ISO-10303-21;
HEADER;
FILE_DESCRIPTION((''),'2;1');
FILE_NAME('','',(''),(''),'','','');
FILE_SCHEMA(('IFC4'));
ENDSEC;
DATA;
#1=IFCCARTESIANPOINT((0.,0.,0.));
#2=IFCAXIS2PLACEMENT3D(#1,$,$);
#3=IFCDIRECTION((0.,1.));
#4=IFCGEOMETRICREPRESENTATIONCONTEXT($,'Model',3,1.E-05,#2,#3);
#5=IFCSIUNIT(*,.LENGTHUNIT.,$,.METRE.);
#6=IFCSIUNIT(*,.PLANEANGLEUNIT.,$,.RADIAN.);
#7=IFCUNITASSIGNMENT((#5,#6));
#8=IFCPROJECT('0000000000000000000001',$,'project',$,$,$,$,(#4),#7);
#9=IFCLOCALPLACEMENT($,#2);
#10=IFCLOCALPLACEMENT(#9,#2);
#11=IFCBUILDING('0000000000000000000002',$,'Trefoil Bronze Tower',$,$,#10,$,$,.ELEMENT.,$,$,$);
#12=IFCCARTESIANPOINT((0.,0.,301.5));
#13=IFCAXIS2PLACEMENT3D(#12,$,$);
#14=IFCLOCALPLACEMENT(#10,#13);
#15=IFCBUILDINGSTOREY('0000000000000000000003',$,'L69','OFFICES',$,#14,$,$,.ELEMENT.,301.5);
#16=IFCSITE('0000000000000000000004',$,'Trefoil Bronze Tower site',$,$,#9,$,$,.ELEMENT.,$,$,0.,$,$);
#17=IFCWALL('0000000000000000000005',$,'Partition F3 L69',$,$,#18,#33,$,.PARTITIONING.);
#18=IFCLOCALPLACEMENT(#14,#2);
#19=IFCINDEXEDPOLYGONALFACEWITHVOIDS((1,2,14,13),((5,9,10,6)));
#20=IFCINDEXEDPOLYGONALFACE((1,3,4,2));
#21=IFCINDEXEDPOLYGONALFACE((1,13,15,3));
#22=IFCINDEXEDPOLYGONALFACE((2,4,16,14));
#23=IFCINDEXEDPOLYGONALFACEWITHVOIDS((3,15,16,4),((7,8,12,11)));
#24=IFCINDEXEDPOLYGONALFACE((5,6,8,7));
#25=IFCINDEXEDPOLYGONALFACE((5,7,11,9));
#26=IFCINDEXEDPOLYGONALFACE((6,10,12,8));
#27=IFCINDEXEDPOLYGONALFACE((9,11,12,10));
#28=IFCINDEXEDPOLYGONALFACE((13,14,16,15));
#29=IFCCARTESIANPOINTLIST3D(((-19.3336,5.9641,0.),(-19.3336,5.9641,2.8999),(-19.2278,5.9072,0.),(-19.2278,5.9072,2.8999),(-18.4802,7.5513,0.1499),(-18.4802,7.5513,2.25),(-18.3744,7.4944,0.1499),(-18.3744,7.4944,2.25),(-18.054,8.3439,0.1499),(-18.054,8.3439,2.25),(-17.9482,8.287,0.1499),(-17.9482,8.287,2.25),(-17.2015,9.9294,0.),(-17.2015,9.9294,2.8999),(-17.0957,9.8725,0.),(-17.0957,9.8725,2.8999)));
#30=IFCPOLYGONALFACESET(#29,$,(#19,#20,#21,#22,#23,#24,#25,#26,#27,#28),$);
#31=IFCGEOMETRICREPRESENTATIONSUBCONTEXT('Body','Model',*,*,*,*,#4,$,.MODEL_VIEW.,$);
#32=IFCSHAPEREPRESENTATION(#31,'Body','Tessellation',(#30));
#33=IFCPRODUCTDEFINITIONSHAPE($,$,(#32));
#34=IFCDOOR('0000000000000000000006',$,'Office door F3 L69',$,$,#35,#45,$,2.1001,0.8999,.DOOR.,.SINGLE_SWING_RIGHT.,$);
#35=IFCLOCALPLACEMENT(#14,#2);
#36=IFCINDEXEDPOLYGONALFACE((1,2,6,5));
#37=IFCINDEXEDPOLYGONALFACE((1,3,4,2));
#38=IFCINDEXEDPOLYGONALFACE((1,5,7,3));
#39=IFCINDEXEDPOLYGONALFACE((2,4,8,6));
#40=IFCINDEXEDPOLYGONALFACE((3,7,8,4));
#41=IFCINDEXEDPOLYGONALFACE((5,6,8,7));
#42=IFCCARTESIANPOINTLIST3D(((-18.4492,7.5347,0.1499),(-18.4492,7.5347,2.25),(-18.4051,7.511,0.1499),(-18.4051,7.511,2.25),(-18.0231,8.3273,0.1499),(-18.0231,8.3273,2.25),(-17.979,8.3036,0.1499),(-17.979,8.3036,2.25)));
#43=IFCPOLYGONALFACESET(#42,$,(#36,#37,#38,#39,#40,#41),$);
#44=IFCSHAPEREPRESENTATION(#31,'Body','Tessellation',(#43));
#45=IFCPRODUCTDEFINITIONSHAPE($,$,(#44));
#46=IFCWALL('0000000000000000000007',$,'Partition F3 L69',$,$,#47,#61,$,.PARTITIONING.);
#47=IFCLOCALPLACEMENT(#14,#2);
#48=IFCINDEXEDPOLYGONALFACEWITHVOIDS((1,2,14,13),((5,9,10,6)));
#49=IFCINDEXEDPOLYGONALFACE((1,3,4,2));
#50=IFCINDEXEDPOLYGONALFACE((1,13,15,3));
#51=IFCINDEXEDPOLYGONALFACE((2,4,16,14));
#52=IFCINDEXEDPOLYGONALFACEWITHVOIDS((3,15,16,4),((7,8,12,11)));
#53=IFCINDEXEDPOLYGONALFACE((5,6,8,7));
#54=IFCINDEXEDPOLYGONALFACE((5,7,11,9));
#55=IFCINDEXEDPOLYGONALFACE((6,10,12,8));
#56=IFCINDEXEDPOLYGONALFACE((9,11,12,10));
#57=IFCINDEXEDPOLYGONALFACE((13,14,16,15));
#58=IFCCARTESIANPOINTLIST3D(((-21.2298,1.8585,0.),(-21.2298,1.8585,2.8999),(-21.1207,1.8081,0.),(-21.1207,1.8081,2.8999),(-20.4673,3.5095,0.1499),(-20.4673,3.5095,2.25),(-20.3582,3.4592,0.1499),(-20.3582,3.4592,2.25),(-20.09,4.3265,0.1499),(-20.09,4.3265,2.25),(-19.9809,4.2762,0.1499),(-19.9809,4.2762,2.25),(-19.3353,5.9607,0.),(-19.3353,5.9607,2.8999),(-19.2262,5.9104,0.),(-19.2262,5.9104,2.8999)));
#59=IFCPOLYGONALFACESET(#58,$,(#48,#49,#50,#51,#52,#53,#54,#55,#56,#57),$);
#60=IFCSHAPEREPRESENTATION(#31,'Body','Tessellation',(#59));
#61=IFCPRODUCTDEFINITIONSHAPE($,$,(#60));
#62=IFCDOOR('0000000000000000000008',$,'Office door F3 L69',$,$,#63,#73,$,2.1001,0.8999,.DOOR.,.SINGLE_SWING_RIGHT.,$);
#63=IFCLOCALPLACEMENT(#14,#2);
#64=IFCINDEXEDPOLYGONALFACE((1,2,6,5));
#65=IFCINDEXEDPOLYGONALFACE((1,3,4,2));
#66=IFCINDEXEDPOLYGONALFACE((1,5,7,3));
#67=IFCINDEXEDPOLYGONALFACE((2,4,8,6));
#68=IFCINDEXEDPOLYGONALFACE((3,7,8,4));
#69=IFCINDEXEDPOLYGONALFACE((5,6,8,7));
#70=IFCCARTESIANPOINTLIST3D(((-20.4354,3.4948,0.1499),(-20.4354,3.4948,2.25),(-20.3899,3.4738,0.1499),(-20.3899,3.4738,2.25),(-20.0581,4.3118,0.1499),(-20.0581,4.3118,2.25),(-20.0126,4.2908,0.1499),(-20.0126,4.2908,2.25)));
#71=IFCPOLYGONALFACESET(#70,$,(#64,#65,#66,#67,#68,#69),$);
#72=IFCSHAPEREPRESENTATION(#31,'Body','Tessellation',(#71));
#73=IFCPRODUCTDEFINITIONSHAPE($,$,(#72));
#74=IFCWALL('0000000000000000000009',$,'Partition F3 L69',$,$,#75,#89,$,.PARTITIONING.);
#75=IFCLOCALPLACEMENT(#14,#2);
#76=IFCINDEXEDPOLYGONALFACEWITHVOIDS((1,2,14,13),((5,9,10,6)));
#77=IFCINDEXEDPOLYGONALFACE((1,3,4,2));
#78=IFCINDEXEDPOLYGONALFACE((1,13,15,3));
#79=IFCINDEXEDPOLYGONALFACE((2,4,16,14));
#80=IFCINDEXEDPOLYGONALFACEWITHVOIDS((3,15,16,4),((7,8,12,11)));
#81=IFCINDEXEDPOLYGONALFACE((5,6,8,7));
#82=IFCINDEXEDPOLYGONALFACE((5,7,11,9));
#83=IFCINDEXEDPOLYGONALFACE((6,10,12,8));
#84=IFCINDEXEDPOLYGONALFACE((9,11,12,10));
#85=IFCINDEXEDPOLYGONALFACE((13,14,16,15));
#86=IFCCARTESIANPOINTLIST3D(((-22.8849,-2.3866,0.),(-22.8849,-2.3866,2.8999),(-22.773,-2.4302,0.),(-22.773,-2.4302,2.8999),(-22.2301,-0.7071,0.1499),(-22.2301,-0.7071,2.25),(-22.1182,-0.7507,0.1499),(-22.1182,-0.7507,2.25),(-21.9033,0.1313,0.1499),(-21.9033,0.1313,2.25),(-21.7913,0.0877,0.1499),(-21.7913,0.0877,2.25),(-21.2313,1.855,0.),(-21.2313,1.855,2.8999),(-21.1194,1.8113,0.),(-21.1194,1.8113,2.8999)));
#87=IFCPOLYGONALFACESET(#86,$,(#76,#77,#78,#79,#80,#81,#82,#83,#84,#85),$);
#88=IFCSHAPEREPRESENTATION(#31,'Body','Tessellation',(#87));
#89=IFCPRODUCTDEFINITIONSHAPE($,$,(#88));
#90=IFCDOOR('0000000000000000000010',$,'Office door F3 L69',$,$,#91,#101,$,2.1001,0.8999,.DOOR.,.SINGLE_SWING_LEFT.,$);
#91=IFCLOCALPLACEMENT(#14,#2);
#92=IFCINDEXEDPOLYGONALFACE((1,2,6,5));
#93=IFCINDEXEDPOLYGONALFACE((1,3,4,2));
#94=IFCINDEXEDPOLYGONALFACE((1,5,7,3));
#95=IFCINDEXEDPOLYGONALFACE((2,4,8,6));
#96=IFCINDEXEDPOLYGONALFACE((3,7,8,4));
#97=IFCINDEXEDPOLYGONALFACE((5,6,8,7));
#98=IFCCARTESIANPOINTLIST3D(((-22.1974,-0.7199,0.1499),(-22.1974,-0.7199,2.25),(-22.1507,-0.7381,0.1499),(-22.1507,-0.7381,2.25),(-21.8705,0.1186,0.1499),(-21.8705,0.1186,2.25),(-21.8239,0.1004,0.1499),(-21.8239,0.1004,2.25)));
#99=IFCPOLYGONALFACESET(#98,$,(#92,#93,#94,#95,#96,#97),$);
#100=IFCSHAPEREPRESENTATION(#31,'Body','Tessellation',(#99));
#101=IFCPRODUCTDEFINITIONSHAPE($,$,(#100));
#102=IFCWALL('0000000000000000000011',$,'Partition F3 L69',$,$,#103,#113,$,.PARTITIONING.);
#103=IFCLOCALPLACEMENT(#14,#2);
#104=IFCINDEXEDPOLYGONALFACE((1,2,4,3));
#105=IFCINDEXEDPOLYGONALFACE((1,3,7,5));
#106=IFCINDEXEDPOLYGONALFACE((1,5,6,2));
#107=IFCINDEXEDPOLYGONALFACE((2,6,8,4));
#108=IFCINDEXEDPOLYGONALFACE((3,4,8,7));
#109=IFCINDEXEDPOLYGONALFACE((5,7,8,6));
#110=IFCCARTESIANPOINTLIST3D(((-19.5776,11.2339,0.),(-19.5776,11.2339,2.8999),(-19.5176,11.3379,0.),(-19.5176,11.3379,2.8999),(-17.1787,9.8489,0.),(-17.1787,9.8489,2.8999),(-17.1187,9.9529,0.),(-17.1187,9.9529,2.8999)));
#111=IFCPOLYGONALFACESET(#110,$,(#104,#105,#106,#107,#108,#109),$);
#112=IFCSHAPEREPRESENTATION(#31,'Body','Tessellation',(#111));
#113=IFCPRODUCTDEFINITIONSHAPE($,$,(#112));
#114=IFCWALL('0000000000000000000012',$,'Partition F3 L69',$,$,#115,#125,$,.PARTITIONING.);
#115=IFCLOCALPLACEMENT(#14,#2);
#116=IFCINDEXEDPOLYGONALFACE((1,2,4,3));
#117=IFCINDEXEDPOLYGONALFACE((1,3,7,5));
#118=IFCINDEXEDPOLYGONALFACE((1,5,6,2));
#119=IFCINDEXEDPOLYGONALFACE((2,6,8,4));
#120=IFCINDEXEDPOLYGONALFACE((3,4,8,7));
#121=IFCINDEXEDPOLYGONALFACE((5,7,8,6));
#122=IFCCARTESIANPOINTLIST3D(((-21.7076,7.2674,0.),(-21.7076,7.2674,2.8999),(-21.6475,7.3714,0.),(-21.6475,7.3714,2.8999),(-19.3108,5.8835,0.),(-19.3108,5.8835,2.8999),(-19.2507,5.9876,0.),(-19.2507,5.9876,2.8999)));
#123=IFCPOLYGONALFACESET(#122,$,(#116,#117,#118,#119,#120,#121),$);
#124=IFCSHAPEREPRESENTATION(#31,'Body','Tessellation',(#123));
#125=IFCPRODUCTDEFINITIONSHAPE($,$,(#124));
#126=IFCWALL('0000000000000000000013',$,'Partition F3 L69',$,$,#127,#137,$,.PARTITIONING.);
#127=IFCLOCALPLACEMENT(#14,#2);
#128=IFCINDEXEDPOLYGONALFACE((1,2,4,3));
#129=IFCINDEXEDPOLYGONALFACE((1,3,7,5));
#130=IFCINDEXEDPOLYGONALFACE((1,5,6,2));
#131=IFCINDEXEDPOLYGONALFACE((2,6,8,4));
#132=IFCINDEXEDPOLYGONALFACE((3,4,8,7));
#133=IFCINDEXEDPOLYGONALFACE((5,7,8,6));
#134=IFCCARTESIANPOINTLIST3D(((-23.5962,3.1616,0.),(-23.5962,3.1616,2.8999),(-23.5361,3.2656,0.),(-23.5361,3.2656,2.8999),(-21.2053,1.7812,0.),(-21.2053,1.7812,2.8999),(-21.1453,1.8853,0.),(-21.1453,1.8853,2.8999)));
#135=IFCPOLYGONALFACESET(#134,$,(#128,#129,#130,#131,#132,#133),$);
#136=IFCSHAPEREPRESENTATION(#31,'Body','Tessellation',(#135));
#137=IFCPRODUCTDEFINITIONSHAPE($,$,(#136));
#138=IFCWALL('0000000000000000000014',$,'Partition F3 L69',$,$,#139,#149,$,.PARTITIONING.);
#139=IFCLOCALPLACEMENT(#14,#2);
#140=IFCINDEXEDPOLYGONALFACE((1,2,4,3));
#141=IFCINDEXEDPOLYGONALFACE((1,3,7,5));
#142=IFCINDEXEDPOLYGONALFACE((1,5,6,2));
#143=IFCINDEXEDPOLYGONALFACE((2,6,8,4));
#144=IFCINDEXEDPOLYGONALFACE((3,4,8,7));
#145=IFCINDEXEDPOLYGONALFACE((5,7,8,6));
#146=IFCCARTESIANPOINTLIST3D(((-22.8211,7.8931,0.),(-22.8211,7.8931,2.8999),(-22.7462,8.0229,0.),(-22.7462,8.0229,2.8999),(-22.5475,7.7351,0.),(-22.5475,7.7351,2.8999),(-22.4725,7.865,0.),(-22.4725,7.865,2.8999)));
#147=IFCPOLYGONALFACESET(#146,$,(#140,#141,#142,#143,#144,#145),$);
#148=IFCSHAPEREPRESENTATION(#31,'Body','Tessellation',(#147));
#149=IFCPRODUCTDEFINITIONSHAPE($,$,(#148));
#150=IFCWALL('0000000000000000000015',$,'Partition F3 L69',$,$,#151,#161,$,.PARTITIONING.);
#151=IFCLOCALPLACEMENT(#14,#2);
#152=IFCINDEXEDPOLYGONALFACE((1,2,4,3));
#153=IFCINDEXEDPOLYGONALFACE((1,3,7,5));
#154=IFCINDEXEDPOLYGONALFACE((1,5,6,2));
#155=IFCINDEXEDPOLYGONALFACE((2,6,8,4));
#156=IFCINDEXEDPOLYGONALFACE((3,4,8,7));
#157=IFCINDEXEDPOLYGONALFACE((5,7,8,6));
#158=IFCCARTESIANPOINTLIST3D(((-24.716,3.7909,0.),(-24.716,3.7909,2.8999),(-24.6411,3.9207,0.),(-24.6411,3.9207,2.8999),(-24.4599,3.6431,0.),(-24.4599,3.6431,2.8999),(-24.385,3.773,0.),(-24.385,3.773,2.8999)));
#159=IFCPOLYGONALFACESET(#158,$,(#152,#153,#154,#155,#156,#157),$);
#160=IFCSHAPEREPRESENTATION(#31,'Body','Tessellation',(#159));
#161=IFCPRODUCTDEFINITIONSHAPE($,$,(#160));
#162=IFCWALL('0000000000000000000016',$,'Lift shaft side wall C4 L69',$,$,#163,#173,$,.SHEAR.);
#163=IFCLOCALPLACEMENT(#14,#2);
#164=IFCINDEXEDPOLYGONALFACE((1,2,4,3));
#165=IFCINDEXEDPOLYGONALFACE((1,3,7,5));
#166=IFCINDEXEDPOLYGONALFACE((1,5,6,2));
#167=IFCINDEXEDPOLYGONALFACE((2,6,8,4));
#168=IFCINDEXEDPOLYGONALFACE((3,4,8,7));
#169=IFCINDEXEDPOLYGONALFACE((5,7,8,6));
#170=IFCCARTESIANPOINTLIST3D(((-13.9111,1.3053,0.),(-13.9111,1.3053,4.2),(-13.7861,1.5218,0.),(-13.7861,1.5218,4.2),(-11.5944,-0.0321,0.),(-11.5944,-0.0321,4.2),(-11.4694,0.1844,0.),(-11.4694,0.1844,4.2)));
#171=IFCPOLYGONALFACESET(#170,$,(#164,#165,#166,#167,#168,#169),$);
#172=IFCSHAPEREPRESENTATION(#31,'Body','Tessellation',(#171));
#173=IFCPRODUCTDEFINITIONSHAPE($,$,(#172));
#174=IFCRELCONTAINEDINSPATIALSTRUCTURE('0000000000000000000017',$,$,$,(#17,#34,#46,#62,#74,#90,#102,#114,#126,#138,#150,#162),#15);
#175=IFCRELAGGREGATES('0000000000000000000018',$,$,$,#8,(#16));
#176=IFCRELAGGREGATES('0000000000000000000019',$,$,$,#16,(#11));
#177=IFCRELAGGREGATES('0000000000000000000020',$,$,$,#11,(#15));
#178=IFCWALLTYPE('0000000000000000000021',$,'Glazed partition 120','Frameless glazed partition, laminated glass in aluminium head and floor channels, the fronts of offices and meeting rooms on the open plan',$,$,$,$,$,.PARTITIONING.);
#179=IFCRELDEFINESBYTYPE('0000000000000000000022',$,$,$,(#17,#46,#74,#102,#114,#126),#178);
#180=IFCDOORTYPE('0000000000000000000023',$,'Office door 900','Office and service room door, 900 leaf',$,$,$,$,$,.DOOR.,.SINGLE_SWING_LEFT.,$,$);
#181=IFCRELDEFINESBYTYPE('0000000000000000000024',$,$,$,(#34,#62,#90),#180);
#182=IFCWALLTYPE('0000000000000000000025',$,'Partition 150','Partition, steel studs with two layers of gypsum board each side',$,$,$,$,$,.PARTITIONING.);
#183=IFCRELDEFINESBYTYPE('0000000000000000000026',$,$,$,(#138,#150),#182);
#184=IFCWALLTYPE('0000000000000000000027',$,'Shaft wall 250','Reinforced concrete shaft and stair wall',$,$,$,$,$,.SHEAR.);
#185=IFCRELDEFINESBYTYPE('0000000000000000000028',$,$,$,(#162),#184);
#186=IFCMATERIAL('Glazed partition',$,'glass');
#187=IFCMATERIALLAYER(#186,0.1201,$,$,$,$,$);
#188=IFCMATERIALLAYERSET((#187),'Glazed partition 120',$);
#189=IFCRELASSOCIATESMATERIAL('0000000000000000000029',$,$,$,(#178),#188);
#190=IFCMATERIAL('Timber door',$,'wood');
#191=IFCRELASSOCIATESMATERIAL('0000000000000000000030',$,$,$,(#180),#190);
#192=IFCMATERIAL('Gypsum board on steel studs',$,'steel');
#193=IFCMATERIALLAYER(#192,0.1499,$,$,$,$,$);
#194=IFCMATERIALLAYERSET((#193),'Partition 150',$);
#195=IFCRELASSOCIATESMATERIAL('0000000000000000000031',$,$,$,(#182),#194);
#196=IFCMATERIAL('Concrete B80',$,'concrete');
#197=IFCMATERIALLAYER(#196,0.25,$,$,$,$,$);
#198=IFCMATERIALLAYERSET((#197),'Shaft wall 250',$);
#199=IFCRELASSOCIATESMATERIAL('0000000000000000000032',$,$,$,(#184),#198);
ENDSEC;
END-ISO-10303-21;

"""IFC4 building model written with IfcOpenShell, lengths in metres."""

from ifc_helpers import new_model, si_unit, direction, frame, frame_2d, origin, place, context, subcontext, project, spatial, rectangle, extrude, material, layer, layer_set, type_object, element, fill, save


model = new_model("IFC4")

# Units and contexts
model_context = context("Model", 3, precision=1e-05, world=origin(), true_north=direction((0.0, 1.0)))
body_context = subcontext(model_context, "Body", "Model", "MODEL_VIEW")
ifc_project = project(units=[si_unit("LENGTHUNIT", "METRE"), si_unit("PLANEANGLEUNIT", "RADIAN")], contexts=[model_context])

# Site, building, storey
site_placement = place(None, origin())
site = spatial("IfcSite", under=ifc_project, at=site_placement, Name="Trefoil Bronze Tower site", CompositionType="ELEMENT", RefElevation=0.0)
building_placement = place(site_placement, origin())
building = spatial("IfcBuilding", under=site, at=building_placement, Name="Trefoil Bronze Tower", CompositionType="ELEMENT")
storey_placement = place(building_placement, frame((0.0, 0.0, 301.5)))
storey = spatial("IfcBuildingStorey", under=building, at=storey_placement, Name="L69", Description="OFFICES", CompositionType="ELEMENT", Elevation=301.5)

# Shared definitions
ifc_material_1 = material(Name="Glazed partition", Category="glass")
ifc_layer_1 = layer(ifc_material_1, 0.1201)
ifc_layer_set_1 = layer_set([ifc_layer_1], Name="Glazed partition 120")
wall_type_1 = type_object("IfcWallType", Name="Glazed partition 120", Description="Frameless glazed partition, laminated glass in aluminium head and floor channels, the fronts of offices and meeting rooms on the open plan", PredefinedType="PARTITIONING", material=ifc_layer_set_1)
ifc_material_2 = material(Name="Timber door", Category="wood")
door_type = type_object("IfcDoorType", Name="Office door 900", Description="Office and service room door, 900 leaf", OperationType="SINGLE_SWING_LEFT", PredefinedType="DOOR", material=ifc_material_2)

# Walls, openings, doors
wall_1_placement = place(storey_placement, frame((-17.1487, 9.9009, 0.0), z_axis=(0.0, 0.0, 1.0), x_axis=(-0.473566, -0.880758, 0.0)))
wall_1 = element("IfcWall", 1, at=wall_1_placement, inside=storey, type_object=wall_type_1, Name="Partition F3 L69", PredefinedType="PARTITIONING", context=body_context, shape_type="SweptSolid", body=[
    extrude(rectangle(XDim=4.5022, YDim=0.1201, at=frame_2d((2.251, 0.0))), origin(), (0.0, 0.0, 1.0), 2.8999),
])
opening_1_placement = place(wall_1_placement, frame((1.8, 0.0, 0.1499)))
opening_1 = element("IfcOpeningElement", 2, at=opening_1_placement, cuts=wall_1, PredefinedType="OPENING", context=body_context, shape_type="SweptSolid", body=[
    extrude(rectangle(XDim=0.8999, YDim=2.1001, at=frame_2d((0.45, 1.05))), frame((0.0, 0.0701, 0.0), z_axis=(0.0, -1.0, 0.0), x_axis=(1.0, 0.0, 0.0)), (0.0, 0.0, 1.0), 0.1401),
])
door_1_placement = place(opening_1_placement, frame((0.8999, 0.0, 0.0), z_axis=(0.0, 0.0, 1.0), x_axis=(-1.0, 0.0, 0.0)))
door_1 = element("IfcDoor", 3, at=door_1_placement, inside=storey, type_object=door_type, Name="Office door F3 L69", OperationType="SINGLE_SWING_RIGHT", OverallHeight=2.1001, OverallWidth=0.8999, PredefinedType="DOOR", context=body_context, shape_type="SweptSolid", body=[
    extrude(rectangle(XDim=0.8999, YDim=2.1001, at=frame_2d((0.45, 1.05))), frame((0.0, 0.0249, 0.0), z_axis=(0.0, -1.0, 0.0), x_axis=(1.0, 0.0, 0.0)), (0.0, 0.0, 1.0), 0.05),
])
fill(opening_1, door_1)
wall_2_placement = place(storey_placement, frame((-19.2808, 5.9355, 0.0), z_axis=(0.0, 0.0, 1.0), x_axis=(-0.419271, -0.907861, 0.0)))
wall_2 = element("IfcWall", 4, at=wall_2_placement, inside=storey, type_object=wall_type_1, Name="Partition F3 L69", PredefinedType="PARTITIONING", context=body_context, shape_type="SweptSolid", body=[
    extrude(rectangle(XDim=4.5186, YDim=0.1201, at=frame_2d((2.2593, 0.0))), origin(), (0.0, 0.0, 1.0), 2.8999),
])
opening_2_placement = place(wall_2_placement, frame((1.8, 0.0, 0.1499)))
opening_2 = element("IfcOpeningElement", 5, at=opening_2_placement, cuts=wall_2, PredefinedType="OPENING", context=body_context, shape_type="SweptSolid", body=[
    extrude(rectangle(XDim=0.8999, YDim=2.1001, at=frame_2d((0.45, 1.05))), frame((0.0, 0.0701, 0.0), z_axis=(0.0, -1.0, 0.0), x_axis=(1.0, 0.0, 0.0)), (0.0, 0.0, 1.0), 0.1401),
])
door_2_placement = place(opening_2_placement, frame((0.8999, 0.0, 0.0), z_axis=(0.0, 0.0, 1.0), x_axis=(-1.0, 0.0, 0.0)))
door_2 = element("IfcDoor", 6, at=door_2_placement, inside=storey, type_object=door_type, Name="Office door F3 L69", OperationType="SINGLE_SWING_RIGHT", OverallHeight=2.1001, OverallWidth=0.8999, PredefinedType="DOOR", context=body_context, shape_type="SweptSolid", body=[
    extrude(rectangle(XDim=0.8999, YDim=2.1001, at=frame_2d((0.45, 1.05))), frame((0.0, 0.0249, 0.0), z_axis=(0.0, -1.0, 0.0), x_axis=(1.0, 0.0, 0.0)), (0.0, 0.0, 1.0), 0.05),
])
fill(opening_2, door_2)
wall_3_placement = place(storey_placement, frame((-21.1753, 1.8333, 0.0), z_axis=(0.0, 0.0, 1.0), x_axis=(-0.36323, -0.931699, 0.0)))
wall_3 = element("IfcWall", 7, at=wall_3_placement, inside=storey, type_object=wall_type_1, Name="Partition F3 L69", PredefinedType="PARTITIONING", context=body_context, shape_type="SweptSolid", body=[
    extrude(rectangle(XDim=4.5525, YDim=0.1201, at=frame_2d((2.2764, 0.0))), origin(), (0.0, 0.0, 1.0), 2.8999),
])
opening_3_placement = place(wall_3_placement, frame((1.8501, 0.0, 0.1499)))
opening_3 = element("IfcOpeningElement", 8, at=opening_3_placement, cuts=wall_3, PredefinedType="OPENING", context=body_context, shape_type="SweptSolid", body=[
    extrude(rectangle(XDim=0.8999, YDim=2.1001, at=frame_2d((0.45, 1.05))), frame((0.0, 0.0701, 0.0), z_axis=(0.0, -1.0, 0.0), x_axis=(1.0, 0.0, 0.0)), (0.0, 0.0, 1.0), 0.1401),
])
door_3_placement = place(opening_3_placement, frame((0.8999, 0.0, 0.0), z_axis=(0.0, 0.0, 1.0), x_axis=(-1.0, 0.0, 0.0)))
door_3 = element("IfcDoor", 9, at=door_3_placement, inside=storey, type_object=door_type, Name="Office door F3 L69", OperationType="SINGLE_SWING_LEFT", OverallHeight=2.1001, OverallWidth=0.8999, PredefinedType="DOOR", context=body_context, shape_type="SweptSolid", body=[
    extrude(rectangle(XDim=0.8999, YDim=2.1001, at=frame_2d((0.45, 1.05))), frame((0.0, 0.0249, 0.0), z_axis=(0.0, -1.0, 0.0), x_axis=(1.0, 0.0, 0.0)), (0.0, 0.0, 1.0), 0.05),
])
fill(opening_3, door_3)

# Walls
wall_4_placement = place(storey_placement, frame((-17.1487, 9.9009, 0.0), z_axis=(0.0, 0.0, 1.0), x_axis=(-0.866027, 0.499997, 0.0)))
element("IfcWall", 10, at=wall_4_placement, inside=storey, type_object=wall_type_1, Name="Partition F3 L69", PredefinedType="PARTITIONING", context=body_context, shape_type="SweptSolid", body=[
    extrude(rectangle(XDim=2.77, YDim=0.1201, at=frame_2d((1.385, 0.0))), origin(), (0.0, 0.0, 1.0), 2.8999),
])
wall_5_placement = place(storey_placement, frame((-19.2808, 5.9355, 0.0), z_axis=(0.0, 0.0, 1.0), x_axis=(-0.86602, 0.50001, 0.0)))
element("IfcWall", 11, at=wall_5_placement, inside=storey, type_object=wall_type_1, Name="Partition F3 L69", PredefinedType="PARTITIONING", context=body_context, shape_type="SweptSolid", body=[
    extrude(rectangle(XDim=2.7676, YDim=0.1201, at=frame_2d((1.3838, 0.0))), origin(), (0.0, 0.0, 1.0), 2.8999),
])
wall_6_placement = place(storey_placement, frame((-21.1753, 1.8333, 0.0), z_axis=(0.0, 0.0, 1.0), x_axis=(-0.866025, 0.500001, 0.0)))
element("IfcWall", 12, at=wall_6_placement, inside=storey, type_object=wall_type_1, Name="Partition F3 L69", PredefinedType="PARTITIONING", context=body_context, shape_type="SweptSolid", body=[
    extrude(rectangle(XDim=2.7607, YDim=0.1201, at=frame_2d((1.3804, 0.0))), origin(), (0.0, 0.0, 1.0), 2.8999),
])
ifc_material_3 = material(Name="Gypsum board on steel studs", Category="steel")
ifc_layer_2 = layer(ifc_material_3, 0.1499)
ifc_layer_set_2 = layer_set([ifc_layer_2], Name="Partition 150")
wall_type_2 = type_object("IfcWallType", Name="Partition 150", Description="Partition, steel studs with two layers of gypsum board each side", PredefinedType="PARTITIONING", material=ifc_layer_set_2)
wall_7_placement = place(storey_placement, frame((-22.51, 7.8, 0.0), z_axis=(0.0, 0.0, 1.0), x_axis=(-0.866096, 0.499879, 0.0)))
element("IfcWall", 13, at=wall_7_placement, inside=storey, type_object=wall_type_2, Name="Partition F3 L69", PredefinedType="PARTITIONING", context=body_context, shape_type="SweptSolid", body=[
    extrude(rectangle(XDim=0.3159, YDim=0.1499, at=frame_2d((0.158, 0.0))), origin(), (0.0, 0.0, 1.0), 2.8999),
])
wall_8_placement = place(storey_placement, frame((-24.4224, 3.708, 0.0), z_axis=(0.0, 0.0, 1.0), x_axis=(-0.866254, 0.499603, 0.0)))
element("IfcWall", 14, at=wall_8_placement, inside=storey, type_object=wall_type_2, Name="Partition F3 L69", PredefinedType="PARTITIONING", context=body_context, shape_type="SweptSolid", body=[
    extrude(rectangle(XDim=0.2957, YDim=0.1499, at=frame_2d((0.1479, 0.0))), origin(), (0.0, 0.0, 1.0), 2.8999),
])
ifc_material_4 = material(Name="Concrete B80", Category="concrete")
ifc_layer_3 = layer(ifc_material_4, 0.25)
ifc_layer_set_3 = layer_set([ifc_layer_3], Name="Shaft wall 250")
wall_type_3 = type_object("IfcWallType", Name="Shaft wall 250", Description="Reinforced concrete shaft and stair wall", PredefinedType="SHEAR", material=ifc_layer_set_3)
wall_9_placement = place(storey_placement, frame((-11.532, 0.0762, 0.0), z_axis=(0.0, 0.0, 1.0), x_axis=(-0.866044, 0.499967, 0.0)))
element("IfcWall", 15, at=wall_9_placement, inside=storey, type_object=wall_type_3, Name="Lift shaft side wall C4 L69", PredefinedType="SHEAR", context=body_context, shape_type="SweptSolid", body=[
    extrude(rectangle(XDim=2.675, YDim=0.25, at=frame_2d((1.3374, 0.0))), origin(), (0.0, 0.0, 1.0), 4.2),
])

save(model, "model.ifc")
